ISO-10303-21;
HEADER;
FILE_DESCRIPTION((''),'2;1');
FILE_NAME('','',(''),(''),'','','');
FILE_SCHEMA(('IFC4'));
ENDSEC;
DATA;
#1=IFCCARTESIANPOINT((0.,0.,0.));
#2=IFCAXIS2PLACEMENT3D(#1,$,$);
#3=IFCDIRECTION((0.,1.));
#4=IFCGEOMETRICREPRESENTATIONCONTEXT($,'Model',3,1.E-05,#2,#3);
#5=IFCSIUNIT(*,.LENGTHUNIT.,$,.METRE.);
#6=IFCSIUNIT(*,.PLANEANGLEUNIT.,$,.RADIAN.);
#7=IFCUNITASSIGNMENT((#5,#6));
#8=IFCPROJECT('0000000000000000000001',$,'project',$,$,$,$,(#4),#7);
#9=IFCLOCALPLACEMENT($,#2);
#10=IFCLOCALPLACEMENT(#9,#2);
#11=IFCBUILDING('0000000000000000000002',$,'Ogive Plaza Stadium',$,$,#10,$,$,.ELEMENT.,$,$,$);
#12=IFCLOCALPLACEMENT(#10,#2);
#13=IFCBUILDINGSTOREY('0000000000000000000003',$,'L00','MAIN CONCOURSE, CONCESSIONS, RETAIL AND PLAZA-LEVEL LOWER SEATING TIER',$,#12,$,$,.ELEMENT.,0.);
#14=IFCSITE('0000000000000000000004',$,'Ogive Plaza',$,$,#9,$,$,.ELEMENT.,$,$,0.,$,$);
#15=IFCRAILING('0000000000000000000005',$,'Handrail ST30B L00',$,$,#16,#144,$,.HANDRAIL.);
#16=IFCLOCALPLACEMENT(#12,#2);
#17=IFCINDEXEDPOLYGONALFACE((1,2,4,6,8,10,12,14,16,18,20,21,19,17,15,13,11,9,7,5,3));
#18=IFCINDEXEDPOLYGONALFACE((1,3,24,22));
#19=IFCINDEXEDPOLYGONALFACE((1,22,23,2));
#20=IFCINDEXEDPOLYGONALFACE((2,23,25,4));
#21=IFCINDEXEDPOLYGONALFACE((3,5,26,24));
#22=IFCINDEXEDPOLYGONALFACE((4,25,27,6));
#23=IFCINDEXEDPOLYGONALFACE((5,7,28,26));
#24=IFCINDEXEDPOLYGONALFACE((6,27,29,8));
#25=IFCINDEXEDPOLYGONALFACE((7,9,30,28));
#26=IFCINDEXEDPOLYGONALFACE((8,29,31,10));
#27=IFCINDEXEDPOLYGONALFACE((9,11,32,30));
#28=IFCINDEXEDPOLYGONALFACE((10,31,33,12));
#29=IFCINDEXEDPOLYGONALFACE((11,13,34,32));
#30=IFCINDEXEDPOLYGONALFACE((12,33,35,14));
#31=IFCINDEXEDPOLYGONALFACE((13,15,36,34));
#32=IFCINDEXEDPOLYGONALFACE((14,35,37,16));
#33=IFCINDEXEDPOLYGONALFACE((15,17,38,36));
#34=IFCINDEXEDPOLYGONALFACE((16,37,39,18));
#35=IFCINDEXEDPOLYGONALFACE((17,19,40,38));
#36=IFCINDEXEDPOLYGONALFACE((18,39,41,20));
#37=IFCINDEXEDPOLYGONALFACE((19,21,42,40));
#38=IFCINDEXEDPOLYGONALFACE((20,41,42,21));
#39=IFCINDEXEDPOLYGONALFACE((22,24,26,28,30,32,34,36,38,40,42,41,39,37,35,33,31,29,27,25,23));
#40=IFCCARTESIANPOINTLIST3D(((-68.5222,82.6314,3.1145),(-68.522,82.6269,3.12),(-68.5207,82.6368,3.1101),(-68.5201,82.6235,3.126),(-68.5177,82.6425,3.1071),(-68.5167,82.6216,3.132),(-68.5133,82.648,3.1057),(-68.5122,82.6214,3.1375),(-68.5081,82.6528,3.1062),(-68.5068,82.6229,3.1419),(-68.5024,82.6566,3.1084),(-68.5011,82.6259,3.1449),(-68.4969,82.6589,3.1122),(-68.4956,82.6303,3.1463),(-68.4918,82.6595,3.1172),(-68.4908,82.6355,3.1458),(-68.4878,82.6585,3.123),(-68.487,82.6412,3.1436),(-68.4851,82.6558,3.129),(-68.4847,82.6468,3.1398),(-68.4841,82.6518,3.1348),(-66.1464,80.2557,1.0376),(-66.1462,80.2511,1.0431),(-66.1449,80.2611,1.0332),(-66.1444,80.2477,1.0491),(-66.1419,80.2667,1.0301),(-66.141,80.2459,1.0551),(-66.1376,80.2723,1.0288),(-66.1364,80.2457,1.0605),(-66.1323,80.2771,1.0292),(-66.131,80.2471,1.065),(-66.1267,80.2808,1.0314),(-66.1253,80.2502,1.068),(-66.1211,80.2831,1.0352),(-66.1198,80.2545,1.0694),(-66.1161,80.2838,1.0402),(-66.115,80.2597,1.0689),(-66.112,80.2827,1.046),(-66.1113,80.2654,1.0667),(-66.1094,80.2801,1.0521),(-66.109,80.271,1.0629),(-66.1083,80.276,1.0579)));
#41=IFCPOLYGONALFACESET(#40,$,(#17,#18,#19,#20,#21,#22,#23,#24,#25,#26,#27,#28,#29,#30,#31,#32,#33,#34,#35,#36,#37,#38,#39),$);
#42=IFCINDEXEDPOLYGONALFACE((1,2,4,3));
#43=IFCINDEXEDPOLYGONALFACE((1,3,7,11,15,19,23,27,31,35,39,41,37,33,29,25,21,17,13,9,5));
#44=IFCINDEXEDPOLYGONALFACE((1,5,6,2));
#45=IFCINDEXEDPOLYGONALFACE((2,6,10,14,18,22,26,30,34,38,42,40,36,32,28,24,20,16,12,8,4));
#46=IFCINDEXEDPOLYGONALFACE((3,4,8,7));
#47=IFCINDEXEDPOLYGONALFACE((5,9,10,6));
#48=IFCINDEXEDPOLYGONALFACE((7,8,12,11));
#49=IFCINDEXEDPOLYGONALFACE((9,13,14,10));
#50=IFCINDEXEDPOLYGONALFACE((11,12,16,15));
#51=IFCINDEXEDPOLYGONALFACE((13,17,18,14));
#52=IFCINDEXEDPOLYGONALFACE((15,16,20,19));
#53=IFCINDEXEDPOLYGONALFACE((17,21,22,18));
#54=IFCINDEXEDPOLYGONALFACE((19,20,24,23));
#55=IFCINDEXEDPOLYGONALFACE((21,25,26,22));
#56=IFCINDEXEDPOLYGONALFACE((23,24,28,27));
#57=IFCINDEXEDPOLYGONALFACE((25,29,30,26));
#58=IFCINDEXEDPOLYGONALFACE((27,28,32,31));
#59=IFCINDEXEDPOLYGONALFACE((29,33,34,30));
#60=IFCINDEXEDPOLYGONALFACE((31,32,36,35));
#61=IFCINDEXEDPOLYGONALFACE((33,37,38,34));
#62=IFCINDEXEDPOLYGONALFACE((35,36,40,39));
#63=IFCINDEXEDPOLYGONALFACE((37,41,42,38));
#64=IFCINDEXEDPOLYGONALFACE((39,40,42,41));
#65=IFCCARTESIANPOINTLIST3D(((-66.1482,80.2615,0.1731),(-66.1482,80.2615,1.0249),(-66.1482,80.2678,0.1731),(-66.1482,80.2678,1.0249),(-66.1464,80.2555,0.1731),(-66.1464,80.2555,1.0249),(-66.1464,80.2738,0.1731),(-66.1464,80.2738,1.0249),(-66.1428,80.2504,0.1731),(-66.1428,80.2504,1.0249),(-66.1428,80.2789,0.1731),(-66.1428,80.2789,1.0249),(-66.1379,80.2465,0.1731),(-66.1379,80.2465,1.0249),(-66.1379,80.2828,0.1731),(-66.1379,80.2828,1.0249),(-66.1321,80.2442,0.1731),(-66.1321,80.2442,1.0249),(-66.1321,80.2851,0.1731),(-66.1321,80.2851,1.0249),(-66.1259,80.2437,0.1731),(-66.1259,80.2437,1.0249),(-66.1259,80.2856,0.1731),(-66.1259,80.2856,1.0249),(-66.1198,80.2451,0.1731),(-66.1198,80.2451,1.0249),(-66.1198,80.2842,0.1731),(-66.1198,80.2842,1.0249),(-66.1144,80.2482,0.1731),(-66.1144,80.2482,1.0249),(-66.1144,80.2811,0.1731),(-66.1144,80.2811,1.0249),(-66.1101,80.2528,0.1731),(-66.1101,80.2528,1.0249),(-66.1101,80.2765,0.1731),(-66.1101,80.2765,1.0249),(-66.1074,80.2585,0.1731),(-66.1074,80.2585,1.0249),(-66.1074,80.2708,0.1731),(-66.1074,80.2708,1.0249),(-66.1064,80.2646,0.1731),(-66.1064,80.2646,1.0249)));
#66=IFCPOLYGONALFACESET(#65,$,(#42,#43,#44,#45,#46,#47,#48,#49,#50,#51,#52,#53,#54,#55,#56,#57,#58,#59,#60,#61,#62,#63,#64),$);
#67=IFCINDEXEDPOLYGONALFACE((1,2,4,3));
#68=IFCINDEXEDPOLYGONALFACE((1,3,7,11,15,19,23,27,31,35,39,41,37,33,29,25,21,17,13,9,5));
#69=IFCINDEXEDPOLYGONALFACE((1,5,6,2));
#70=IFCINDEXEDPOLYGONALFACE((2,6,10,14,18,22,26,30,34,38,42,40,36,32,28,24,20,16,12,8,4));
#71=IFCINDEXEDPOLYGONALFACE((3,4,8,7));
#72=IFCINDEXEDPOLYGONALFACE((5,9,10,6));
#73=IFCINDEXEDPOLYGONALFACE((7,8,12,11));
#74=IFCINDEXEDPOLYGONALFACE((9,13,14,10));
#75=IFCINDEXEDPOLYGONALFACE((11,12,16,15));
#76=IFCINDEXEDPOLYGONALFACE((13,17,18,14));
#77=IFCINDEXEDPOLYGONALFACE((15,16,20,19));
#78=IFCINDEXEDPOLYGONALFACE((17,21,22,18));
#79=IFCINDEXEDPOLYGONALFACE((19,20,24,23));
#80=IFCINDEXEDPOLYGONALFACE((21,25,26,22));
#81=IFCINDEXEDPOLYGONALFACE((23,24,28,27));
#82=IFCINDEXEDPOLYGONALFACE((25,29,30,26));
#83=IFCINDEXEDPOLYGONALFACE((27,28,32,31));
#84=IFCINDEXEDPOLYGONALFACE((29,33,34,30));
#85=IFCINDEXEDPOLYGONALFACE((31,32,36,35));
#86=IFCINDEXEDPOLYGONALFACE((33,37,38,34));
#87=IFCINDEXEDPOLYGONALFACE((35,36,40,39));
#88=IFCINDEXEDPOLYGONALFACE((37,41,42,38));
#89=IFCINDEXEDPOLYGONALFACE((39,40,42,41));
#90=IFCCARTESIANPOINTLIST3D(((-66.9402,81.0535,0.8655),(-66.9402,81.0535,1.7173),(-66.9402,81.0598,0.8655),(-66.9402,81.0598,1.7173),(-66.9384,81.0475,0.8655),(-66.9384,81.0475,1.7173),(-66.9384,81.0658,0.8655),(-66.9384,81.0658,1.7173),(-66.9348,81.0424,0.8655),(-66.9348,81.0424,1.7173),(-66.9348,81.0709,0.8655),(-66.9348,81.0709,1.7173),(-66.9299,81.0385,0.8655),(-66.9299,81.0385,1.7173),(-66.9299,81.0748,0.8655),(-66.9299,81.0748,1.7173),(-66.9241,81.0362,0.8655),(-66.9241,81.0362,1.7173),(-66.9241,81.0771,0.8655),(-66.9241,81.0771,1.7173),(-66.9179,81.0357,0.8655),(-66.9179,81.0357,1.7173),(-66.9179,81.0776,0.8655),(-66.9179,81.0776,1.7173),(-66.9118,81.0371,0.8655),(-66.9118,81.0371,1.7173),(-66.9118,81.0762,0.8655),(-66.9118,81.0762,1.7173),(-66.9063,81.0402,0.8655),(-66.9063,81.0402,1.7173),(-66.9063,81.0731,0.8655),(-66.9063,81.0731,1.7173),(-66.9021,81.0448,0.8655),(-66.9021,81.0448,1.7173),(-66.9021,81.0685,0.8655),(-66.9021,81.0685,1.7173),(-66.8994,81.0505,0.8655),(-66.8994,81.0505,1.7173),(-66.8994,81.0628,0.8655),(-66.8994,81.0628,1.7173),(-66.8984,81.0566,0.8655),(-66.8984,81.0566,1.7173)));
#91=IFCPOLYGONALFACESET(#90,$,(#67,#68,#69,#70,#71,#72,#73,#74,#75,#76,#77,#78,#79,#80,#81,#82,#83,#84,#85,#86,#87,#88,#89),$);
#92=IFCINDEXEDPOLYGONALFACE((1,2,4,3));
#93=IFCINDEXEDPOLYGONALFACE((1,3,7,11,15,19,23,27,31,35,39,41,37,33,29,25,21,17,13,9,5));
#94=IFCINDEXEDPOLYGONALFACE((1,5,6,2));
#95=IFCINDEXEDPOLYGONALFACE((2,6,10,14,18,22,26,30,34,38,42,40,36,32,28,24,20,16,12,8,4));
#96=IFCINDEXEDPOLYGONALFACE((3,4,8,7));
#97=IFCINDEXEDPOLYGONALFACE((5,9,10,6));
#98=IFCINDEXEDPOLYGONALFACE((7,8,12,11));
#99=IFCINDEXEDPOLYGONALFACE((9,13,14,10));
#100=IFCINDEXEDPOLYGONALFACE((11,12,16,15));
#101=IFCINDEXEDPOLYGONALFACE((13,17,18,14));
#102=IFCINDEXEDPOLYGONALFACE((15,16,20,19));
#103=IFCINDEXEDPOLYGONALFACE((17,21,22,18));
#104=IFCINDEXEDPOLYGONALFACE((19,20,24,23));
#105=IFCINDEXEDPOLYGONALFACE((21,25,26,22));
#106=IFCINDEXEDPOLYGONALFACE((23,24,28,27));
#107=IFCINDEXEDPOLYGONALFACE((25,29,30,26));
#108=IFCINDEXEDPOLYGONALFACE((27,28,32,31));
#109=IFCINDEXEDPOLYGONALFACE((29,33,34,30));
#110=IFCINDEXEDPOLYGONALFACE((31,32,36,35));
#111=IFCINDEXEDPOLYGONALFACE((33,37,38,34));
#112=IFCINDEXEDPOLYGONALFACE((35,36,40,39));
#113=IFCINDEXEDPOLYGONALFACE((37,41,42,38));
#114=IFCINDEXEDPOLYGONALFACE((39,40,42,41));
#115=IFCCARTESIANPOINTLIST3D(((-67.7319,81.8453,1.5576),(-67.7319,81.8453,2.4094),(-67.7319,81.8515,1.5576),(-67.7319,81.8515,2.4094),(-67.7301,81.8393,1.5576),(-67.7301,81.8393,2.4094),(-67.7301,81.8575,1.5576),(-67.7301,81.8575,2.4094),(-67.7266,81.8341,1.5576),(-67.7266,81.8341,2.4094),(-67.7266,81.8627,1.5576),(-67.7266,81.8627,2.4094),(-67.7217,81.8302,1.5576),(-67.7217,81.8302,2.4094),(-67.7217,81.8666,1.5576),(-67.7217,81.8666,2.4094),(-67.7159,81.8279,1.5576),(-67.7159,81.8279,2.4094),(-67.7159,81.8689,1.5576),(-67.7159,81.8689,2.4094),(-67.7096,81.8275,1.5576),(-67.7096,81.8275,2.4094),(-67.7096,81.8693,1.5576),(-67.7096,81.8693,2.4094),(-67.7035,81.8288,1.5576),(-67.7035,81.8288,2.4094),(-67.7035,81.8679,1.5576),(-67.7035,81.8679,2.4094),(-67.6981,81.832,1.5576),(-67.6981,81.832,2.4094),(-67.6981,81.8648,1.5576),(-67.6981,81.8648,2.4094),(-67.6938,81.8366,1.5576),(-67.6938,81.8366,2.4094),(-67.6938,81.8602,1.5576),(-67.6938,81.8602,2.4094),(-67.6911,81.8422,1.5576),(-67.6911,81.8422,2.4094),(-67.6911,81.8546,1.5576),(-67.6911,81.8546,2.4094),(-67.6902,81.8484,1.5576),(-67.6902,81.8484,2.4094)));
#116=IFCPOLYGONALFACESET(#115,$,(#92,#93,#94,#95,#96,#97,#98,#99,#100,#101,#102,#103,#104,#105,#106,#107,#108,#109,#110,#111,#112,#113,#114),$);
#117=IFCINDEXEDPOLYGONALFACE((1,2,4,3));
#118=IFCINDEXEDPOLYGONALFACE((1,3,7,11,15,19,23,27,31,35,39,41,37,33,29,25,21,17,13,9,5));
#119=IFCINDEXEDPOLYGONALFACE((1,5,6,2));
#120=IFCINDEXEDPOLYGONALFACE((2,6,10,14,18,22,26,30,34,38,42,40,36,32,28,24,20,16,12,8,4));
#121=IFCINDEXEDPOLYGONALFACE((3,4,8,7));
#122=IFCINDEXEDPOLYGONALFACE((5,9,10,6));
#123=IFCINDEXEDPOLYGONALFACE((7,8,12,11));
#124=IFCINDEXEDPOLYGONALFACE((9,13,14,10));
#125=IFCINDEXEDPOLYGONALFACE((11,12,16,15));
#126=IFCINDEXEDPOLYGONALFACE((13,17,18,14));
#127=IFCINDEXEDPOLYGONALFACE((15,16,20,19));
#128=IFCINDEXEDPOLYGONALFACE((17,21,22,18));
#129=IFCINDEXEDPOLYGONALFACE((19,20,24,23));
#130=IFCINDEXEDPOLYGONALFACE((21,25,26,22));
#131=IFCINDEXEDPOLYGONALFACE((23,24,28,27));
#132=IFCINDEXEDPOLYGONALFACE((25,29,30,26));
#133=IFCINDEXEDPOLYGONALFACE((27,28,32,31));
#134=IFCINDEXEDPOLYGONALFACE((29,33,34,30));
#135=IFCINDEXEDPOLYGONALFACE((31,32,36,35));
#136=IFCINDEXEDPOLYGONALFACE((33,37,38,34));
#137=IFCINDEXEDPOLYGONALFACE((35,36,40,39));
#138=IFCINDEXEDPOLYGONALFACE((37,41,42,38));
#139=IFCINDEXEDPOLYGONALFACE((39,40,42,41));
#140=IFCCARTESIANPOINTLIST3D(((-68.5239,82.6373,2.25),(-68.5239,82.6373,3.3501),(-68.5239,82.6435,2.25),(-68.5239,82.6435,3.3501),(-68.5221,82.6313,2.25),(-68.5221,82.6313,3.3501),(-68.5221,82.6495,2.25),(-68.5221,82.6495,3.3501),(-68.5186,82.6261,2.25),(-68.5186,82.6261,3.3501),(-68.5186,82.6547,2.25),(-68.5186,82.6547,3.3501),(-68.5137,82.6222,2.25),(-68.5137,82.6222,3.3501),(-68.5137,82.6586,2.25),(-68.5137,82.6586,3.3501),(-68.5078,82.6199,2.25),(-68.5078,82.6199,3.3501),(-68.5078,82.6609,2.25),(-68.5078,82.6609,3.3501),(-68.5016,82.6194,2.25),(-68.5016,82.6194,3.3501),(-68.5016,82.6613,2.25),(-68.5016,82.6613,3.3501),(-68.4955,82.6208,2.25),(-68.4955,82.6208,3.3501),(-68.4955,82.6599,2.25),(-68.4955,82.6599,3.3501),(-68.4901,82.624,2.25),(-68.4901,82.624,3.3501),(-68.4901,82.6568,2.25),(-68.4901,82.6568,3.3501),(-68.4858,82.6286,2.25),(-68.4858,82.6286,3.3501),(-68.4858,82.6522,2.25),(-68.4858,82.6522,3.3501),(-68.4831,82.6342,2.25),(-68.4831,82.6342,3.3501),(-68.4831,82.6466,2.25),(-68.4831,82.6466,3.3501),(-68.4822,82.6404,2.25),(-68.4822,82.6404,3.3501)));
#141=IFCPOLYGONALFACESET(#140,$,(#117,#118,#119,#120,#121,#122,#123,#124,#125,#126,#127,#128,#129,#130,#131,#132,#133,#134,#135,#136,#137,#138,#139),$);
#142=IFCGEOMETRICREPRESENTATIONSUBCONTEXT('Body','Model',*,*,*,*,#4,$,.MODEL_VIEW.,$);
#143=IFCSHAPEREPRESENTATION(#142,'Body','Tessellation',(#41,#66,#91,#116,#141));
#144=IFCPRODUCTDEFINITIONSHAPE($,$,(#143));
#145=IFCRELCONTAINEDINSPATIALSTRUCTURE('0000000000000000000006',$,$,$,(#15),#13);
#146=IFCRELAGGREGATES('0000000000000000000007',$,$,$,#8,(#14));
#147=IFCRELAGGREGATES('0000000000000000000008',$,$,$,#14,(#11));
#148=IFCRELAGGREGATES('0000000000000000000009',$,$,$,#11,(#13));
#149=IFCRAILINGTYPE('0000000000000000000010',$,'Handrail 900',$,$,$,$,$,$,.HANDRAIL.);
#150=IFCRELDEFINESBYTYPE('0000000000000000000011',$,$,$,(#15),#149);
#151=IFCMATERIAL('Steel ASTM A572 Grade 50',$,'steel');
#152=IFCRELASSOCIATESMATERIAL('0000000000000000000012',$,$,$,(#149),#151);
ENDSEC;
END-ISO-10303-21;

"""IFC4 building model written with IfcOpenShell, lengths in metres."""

from ifc_helpers import new_model, si_unit, direction, frame, origin, origin_2d, place, context, subcontext, project, spatial, circle, extrude, material, type_object, element, save


model = new_model("IFC4")

# Units and contexts
model_context = context("Model", 3, precision=1e-05, world=origin(), true_north=direction((0.0, 1.0)))
body_context = subcontext(model_context, "Body", "Model", "MODEL_VIEW")
ifc_project = project(units=[si_unit("LENGTHUNIT", "METRE"), si_unit("PLANEANGLEUNIT", "RADIAN")], contexts=[model_context])

# Site, building, storey
site_placement = place(None, origin())
site = spatial("IfcSite", under=ifc_project, at=site_placement, Name="Ogive Plaza", CompositionType="ELEMENT", RefElevation=0.0)
building_placement = place(site_placement, origin())
building = spatial("IfcBuilding", under=site, at=building_placement, Name="Ogive Plaza Stadium", CompositionType="ELEMENT")
storey_placement = place(building_placement, origin())
storey = spatial("IfcBuildingStorey", under=building, at=storey_placement, Name="L00", Description="MAIN CONCOURSE, CONCESSIONS, RETAIL AND PLAZA-LEVEL LOWER SEATING TIER", CompositionType="ELEMENT", Elevation=0.0)

# Railing
ifc_material_1 = material(Name="Steel ASTM A572 Grade 50", Category="steel")
railing_type_1 = type_object("IfcRailingType", Name="Handrail 900", PredefinedType="HANDRAIL", material=ifc_material_1)
railing_placement = place(storey_placement, frame((-66.1274, 80.2646, 0.1731)))
element("IfcRailing", 1, at=railing_placement, inside=storey, type_object=railing_type_1, Name="Handrail ST30B L00", PredefinedType="HANDRAIL", context=body_context, shape_type="SweptSolid", body=[
    extrude(circle(Radius=0.0239, at=origin_2d()), frame((0.0, 0.0, 0.876), z_axis=(-0.601466, 0.601466, 0.525811), x_axis=(-0.707107, -0.707107, 0.0)), (0.0, 0.0, 1.0), 3.95),
    extrude(circle(Radius=0.021, at=origin_2d()), origin(), (0.0, 0.0, 1.0), 0.8518),
    extrude(circle(Radius=0.021, at=origin_2d()), frame((-0.792, 0.792, 0.6924)), (0.0, 0.0, 1.0), 0.8518),
    extrude(circle(Radius=0.021, at=origin_2d()), frame((-1.5837, 1.5837, 1.3845)), (0.0, 0.0, 1.0), 0.8518),
    extrude(circle(Radius=0.021, at=origin_2d()), frame((-2.3757, 2.3757, 2.0769)), (0.0, 0.0, 1.0), 1.1001),
])

save(model, "model.ifc")
